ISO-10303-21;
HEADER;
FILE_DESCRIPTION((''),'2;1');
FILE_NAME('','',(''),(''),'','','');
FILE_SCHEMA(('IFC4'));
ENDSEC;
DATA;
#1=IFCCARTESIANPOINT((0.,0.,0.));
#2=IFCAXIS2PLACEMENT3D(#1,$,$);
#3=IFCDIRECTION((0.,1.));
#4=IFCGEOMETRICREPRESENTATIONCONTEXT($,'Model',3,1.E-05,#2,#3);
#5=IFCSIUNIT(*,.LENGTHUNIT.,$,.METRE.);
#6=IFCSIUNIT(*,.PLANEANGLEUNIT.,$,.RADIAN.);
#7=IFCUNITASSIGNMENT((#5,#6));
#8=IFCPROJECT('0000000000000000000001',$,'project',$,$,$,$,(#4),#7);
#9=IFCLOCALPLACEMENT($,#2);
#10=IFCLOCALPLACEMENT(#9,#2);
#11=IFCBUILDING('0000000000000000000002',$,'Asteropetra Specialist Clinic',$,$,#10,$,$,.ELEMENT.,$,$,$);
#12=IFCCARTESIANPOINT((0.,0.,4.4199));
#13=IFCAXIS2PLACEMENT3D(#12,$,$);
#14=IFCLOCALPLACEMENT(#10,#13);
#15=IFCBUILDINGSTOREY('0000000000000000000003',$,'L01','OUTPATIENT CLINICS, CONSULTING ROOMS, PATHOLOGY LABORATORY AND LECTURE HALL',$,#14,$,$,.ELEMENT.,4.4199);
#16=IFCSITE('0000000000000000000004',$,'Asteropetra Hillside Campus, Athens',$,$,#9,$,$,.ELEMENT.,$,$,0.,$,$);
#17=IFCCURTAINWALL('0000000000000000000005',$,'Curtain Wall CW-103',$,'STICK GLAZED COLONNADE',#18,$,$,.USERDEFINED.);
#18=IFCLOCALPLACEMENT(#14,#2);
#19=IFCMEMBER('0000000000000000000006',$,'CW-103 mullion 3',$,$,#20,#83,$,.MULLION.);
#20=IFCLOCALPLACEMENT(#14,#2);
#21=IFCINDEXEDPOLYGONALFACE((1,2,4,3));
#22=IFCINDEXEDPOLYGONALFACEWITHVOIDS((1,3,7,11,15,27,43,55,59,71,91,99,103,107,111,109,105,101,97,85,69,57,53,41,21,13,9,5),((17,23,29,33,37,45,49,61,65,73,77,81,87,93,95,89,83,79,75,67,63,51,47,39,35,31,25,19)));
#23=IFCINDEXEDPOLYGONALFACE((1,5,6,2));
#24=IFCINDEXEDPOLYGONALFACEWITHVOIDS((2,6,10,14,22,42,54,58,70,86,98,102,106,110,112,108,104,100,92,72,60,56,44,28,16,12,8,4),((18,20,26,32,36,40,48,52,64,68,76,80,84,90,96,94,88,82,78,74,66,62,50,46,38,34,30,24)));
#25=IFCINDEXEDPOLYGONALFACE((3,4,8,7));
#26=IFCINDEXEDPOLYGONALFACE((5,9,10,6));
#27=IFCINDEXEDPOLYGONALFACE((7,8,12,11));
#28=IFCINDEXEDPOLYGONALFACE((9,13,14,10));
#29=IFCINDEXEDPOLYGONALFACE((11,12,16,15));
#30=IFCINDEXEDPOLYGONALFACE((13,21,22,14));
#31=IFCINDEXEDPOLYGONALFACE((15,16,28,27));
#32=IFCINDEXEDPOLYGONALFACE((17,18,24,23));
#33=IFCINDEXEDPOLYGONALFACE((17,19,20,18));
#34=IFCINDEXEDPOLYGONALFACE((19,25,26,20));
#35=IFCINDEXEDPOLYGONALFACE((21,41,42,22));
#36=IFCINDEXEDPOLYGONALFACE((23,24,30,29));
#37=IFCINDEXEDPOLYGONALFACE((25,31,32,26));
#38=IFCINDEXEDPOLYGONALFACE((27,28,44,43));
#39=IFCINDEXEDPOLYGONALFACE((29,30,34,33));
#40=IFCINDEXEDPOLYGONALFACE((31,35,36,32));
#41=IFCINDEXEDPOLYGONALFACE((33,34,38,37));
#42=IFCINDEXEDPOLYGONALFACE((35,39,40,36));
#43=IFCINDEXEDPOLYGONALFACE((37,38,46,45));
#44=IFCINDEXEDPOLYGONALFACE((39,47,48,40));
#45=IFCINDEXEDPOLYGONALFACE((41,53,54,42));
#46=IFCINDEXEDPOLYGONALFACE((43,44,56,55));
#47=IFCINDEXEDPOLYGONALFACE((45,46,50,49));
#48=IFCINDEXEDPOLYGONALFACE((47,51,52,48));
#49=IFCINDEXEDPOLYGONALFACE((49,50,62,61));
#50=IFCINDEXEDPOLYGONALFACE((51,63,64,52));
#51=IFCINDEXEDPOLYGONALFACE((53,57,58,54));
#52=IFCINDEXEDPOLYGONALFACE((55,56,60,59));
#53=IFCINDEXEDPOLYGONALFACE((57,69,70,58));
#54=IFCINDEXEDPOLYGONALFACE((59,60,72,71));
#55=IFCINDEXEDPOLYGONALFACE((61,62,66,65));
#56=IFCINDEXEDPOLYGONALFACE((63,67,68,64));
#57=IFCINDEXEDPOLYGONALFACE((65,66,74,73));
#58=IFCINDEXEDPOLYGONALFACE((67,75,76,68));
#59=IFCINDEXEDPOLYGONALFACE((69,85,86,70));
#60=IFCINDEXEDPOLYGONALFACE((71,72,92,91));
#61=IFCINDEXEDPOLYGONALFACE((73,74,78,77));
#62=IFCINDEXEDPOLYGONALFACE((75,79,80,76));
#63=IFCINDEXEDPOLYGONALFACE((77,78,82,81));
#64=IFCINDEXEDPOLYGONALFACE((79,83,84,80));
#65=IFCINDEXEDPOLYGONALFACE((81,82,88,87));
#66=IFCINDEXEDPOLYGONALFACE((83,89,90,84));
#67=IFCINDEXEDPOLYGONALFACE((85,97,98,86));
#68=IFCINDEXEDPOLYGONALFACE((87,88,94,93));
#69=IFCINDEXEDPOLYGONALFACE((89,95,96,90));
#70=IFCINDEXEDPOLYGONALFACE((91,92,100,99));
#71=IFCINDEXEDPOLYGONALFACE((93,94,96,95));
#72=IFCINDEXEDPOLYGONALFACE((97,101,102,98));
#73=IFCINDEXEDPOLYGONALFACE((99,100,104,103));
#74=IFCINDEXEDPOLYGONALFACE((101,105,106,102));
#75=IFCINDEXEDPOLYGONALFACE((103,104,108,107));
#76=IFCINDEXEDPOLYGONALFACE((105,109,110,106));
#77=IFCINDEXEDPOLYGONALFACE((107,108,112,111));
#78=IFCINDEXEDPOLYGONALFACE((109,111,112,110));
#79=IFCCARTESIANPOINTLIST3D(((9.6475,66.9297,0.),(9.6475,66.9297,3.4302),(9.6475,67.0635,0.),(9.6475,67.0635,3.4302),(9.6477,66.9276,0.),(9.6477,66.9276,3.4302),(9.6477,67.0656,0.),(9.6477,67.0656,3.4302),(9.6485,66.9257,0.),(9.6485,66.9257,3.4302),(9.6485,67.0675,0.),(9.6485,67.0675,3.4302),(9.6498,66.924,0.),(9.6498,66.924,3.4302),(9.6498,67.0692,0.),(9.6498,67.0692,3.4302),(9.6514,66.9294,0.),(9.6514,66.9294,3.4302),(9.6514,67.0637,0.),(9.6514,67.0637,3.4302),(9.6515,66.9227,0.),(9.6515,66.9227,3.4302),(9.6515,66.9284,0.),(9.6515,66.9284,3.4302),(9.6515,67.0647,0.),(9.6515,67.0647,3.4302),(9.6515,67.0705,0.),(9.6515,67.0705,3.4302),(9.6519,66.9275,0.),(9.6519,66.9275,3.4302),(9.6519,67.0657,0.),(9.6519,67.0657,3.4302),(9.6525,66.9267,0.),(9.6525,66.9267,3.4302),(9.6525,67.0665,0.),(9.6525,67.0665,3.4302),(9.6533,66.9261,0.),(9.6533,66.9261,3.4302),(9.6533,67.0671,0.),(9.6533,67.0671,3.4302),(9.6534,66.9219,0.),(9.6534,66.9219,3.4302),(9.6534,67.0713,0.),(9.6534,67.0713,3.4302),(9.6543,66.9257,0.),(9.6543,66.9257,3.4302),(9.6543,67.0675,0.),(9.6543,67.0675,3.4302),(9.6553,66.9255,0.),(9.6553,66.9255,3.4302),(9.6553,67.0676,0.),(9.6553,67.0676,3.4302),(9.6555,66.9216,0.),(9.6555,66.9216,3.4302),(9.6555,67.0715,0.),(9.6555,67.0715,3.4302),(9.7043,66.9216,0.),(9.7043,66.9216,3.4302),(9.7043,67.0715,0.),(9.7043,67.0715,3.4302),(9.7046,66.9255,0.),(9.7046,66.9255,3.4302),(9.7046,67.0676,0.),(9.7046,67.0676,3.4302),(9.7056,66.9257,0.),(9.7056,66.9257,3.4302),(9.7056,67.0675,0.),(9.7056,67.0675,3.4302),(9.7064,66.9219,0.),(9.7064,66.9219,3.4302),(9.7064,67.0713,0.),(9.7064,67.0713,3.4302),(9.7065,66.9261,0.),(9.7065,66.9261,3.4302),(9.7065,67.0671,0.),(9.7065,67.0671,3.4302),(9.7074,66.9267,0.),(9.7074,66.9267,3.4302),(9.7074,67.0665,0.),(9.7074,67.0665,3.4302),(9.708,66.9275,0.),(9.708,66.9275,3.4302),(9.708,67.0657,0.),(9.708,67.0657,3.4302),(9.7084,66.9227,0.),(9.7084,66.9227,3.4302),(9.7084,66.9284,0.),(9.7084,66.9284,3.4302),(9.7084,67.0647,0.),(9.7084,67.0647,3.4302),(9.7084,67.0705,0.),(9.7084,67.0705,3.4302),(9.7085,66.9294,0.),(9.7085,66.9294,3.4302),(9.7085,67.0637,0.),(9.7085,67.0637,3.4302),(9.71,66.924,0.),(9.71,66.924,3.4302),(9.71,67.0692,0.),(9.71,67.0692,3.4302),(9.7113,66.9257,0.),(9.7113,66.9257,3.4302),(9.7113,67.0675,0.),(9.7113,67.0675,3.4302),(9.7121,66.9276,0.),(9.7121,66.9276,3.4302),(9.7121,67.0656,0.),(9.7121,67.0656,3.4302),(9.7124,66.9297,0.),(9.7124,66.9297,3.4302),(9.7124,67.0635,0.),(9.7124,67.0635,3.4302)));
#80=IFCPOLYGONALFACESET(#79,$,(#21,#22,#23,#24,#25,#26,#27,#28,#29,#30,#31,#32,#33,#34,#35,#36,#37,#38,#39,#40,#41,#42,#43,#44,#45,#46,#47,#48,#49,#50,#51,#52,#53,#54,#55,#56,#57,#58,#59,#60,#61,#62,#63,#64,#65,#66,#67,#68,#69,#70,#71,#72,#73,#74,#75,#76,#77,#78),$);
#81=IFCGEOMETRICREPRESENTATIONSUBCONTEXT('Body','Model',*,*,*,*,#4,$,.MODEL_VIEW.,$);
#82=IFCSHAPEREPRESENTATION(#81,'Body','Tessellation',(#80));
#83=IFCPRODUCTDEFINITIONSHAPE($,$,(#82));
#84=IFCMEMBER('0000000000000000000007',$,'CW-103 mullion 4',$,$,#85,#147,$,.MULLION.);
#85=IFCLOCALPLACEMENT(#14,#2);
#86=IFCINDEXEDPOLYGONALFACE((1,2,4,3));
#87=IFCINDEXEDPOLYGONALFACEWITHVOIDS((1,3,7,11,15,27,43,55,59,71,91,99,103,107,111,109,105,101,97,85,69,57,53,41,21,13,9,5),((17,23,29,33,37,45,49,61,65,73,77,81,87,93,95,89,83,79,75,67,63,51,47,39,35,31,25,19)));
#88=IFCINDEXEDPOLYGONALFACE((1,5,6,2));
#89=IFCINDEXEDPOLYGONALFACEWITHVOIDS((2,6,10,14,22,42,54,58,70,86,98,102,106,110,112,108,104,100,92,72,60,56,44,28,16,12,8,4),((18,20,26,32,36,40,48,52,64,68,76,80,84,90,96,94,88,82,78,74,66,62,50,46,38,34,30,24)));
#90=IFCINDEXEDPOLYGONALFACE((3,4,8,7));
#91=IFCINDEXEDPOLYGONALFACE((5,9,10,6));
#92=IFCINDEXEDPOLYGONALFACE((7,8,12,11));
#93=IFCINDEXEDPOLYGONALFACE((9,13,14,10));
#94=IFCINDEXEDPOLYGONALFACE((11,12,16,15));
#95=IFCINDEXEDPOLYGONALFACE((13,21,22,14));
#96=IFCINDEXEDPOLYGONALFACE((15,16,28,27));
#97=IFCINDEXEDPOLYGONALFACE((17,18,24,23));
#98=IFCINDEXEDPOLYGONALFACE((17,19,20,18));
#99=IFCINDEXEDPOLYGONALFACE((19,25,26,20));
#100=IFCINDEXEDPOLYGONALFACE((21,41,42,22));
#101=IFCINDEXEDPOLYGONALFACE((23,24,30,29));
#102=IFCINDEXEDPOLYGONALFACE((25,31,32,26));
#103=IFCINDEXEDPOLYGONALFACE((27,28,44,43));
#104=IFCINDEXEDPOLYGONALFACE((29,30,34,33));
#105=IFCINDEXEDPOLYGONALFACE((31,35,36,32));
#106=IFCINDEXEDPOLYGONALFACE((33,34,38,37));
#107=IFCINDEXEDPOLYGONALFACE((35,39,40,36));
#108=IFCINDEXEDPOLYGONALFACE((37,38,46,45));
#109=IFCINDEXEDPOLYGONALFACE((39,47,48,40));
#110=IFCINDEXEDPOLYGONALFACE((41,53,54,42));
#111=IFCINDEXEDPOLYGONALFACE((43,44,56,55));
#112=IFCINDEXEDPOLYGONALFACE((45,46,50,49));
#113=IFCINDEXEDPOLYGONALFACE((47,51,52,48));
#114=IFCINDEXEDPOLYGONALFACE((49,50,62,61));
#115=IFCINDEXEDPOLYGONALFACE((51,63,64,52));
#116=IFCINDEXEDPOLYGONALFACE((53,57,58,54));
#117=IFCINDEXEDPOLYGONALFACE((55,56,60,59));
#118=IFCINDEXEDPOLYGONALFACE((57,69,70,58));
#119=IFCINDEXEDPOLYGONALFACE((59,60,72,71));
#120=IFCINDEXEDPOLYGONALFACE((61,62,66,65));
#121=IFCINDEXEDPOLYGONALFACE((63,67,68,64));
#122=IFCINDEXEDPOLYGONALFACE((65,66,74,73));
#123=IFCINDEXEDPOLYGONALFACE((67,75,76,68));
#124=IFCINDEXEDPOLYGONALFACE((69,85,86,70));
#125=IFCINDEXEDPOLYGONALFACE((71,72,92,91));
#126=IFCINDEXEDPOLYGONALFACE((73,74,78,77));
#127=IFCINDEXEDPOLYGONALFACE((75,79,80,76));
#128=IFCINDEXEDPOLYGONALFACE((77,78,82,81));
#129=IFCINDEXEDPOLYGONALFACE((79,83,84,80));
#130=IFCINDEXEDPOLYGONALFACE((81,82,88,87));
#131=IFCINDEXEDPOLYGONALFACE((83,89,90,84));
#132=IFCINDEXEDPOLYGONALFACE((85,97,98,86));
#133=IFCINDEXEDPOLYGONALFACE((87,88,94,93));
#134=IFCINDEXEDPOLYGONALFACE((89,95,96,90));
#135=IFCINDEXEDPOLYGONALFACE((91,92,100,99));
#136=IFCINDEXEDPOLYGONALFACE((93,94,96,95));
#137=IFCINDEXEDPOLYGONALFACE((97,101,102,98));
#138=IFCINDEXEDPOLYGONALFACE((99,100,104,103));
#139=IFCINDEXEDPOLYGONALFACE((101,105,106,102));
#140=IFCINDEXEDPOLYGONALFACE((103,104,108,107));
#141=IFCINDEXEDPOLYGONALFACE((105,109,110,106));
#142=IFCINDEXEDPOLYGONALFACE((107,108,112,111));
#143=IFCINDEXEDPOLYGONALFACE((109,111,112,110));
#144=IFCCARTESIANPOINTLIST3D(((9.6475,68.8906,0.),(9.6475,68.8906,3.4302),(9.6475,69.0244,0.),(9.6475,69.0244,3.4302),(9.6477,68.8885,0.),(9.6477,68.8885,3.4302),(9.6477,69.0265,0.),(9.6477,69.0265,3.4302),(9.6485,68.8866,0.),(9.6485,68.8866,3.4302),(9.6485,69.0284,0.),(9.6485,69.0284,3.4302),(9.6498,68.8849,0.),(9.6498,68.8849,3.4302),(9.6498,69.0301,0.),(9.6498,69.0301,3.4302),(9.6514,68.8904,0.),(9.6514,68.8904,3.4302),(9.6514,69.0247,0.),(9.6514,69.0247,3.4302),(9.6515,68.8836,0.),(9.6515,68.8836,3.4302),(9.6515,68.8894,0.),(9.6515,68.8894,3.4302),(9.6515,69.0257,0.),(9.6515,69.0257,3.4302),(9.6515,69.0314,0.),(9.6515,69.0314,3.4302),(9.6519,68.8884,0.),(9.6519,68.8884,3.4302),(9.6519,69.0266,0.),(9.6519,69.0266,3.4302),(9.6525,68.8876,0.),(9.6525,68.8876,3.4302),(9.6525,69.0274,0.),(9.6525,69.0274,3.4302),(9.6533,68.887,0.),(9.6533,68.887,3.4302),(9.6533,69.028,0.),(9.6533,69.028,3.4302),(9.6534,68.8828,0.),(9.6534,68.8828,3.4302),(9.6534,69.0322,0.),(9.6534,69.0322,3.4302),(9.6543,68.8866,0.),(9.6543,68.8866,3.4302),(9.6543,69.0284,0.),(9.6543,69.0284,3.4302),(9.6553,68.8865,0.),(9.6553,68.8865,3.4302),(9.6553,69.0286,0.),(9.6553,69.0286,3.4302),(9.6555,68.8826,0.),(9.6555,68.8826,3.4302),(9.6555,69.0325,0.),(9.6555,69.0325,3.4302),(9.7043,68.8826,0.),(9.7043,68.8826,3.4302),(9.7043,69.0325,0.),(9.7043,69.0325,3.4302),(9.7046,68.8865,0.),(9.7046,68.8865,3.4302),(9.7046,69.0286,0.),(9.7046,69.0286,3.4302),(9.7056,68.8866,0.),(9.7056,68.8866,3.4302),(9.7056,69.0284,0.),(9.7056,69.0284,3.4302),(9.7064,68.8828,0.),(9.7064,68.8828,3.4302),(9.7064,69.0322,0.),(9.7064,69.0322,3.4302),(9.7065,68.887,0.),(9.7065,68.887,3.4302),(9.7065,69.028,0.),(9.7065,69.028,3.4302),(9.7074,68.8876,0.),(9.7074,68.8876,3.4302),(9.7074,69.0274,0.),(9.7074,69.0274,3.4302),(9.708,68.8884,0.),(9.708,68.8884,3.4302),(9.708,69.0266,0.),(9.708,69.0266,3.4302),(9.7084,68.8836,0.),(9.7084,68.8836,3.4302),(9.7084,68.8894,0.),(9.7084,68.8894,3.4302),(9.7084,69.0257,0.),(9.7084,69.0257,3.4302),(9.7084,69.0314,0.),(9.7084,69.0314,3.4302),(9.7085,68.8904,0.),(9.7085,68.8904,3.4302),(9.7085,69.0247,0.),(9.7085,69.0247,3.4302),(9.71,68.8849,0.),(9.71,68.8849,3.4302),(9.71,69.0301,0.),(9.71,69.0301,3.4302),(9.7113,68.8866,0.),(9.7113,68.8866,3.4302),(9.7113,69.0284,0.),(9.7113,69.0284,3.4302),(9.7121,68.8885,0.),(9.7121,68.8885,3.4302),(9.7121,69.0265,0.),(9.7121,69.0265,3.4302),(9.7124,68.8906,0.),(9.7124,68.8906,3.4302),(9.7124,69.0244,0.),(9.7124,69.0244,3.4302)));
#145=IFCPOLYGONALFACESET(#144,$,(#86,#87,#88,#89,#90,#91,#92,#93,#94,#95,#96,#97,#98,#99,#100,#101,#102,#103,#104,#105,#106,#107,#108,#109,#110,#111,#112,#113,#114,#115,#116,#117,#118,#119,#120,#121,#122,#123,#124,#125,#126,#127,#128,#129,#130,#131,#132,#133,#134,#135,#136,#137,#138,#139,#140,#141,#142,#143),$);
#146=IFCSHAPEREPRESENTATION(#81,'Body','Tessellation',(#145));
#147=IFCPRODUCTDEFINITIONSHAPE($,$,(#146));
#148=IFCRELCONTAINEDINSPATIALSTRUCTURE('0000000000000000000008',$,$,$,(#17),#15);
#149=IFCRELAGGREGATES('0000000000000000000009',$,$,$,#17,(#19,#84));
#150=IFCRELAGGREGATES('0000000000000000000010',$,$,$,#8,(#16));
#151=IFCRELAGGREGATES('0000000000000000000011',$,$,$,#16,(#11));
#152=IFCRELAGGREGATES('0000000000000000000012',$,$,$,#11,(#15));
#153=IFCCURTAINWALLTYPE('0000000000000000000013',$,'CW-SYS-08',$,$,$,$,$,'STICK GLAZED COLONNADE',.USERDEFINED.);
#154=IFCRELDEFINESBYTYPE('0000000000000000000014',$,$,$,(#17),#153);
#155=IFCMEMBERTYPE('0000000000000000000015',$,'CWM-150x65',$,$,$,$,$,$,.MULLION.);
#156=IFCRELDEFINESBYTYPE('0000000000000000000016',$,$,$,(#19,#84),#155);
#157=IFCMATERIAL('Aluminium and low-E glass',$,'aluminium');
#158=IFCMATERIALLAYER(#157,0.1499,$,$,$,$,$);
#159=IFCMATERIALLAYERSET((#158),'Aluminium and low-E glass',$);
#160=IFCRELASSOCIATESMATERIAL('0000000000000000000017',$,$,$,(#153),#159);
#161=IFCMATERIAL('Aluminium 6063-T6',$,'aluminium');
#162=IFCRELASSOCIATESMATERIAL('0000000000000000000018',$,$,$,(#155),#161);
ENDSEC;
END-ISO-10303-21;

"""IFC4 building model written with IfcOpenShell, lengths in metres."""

from ifc_helpers import new_model, si_unit, direction, frame, origin, origin_2d, place, context, subcontext, project, spatial, hollow_rectangle, extrude, material, layer, layer_set, material_profile, profile_set, type_object, element, aggregate, save


model = new_model("IFC4")

# Units and contexts
model_context = context("Model", 3, precision=1e-05, world=origin(), true_north=direction((0.0, 1.0)))
body_context = subcontext(model_context, "Body", "Model", "MODEL_VIEW")
ifc_project = project(units=[si_unit("LENGTHUNIT", "METRE"), si_unit("PLANEANGLEUNIT", "RADIAN")], contexts=[model_context])

# Site, building, storey
site_placement = place(None, origin())
site = spatial("IfcSite", under=ifc_project, at=site_placement, Name="Asteropetra Hillside Campus, Athens", CompositionType="ELEMENT", RefElevation=0.0)
building_placement = place(site_placement, origin())
building = spatial("IfcBuilding", under=site, at=building_placement, Name="Asteropetra Specialist Clinic", CompositionType="ELEMENT")
storey_placement = place(building_placement, frame((0.0, 0.0, 4.4199)))
storey = spatial("IfcBuildingStorey", under=building, at=storey_placement, Name="L01", Description="OUTPATIENT CLINICS, CONSULTING ROOMS, PATHOLOGY LABORATORY AND LECTURE HALL", CompositionType="ELEMENT", Elevation=4.4199)

# Curtain wall, members
ifc_material_1 = material(Name="Aluminium and low-E glass", Category="aluminium")
ifc_layer_1 = layer(ifc_material_1, 0.1499)
ifc_layer_set_1 = layer_set([ifc_layer_1], Name="Aluminium and low-E glass")
curtain_wall_type = type_object("IfcCurtainWallType", Name="CW-SYS-08", ElementType="STICK GLAZED COLONNADE", PredefinedType="USERDEFINED", material=ifc_layer_set_1)
curtain_wall_placement = place(storey_placement, origin())
curtain_wall = element("IfcCurtainWall", 1, at=curtain_wall_placement, inside=storey, type_object=curtain_wall_type, Name="Curtain Wall CW-103", ObjectType="STICK GLAZED COLONNADE", PredefinedType="USERDEFINED")
ifc_material_2 = material(Name="Aluminium 6063-T6", Category="aluminium")
ifc_material_profile_1 = material_profile(ifc_material_2, hollow_rectangle(XDim=0.0649, YDim=0.1499, WallThickness=0.0039, InnerFilletRadius=0.0039, OuterFilletRadius=0.0081, at=origin_2d()), Name="MUL 150x65x4.0")
ifc_profile_set_1 = profile_set([ifc_material_profile_1], Name="Aluminium 6063-T6")
member_type_1 = type_object("IfcMemberType", Name="CWM-150x65", PredefinedType="MULLION", material=ifc_profile_set_1)
member_1_placement = place(storey_placement, frame((9.6799, 66.9966, 0.0), z_axis=(0.0, 0.0, 1.0), x_axis=(-1.0, 0.0, 0.0)))
member_1 = element("IfcMember", 2, at=member_1_placement, type_object=member_type_1, Name="CW-103 mullion 3", PredefinedType="MULLION", context=body_context, shape_type="SweptSolid", body=[
    extrude(hollow_rectangle(XDim=0.0649, YDim=0.1499, WallThickness=0.0039, InnerFilletRadius=0.0039, OuterFilletRadius=0.0081, at=origin_2d()), origin(), (0.0, 0.0, 1.0), 3.4302),
])
member_2_placement = place(storey_placement, frame((9.6799, 68.9575, 0.0), z_axis=(0.0, 0.0, 1.0), x_axis=(-1.0, 0.0, 0.0)))
member_2 = element("IfcMember", 3, at=member_2_placement, type_object=member_type_1, Name="CW-103 mullion 4", PredefinedType="MULLION", context=body_context, shape_type="SweptSolid", body=[
    extrude(hollow_rectangle(XDim=0.0649, YDim=0.1499, WallThickness=0.0039, InnerFilletRadius=0.0039, OuterFilletRadius=0.0081, at=origin_2d()), origin(), (0.0, 0.0, 1.0), 3.4302),
])
aggregate(curtain_wall, [member_1, member_2])

save(model, "model.ifc")
